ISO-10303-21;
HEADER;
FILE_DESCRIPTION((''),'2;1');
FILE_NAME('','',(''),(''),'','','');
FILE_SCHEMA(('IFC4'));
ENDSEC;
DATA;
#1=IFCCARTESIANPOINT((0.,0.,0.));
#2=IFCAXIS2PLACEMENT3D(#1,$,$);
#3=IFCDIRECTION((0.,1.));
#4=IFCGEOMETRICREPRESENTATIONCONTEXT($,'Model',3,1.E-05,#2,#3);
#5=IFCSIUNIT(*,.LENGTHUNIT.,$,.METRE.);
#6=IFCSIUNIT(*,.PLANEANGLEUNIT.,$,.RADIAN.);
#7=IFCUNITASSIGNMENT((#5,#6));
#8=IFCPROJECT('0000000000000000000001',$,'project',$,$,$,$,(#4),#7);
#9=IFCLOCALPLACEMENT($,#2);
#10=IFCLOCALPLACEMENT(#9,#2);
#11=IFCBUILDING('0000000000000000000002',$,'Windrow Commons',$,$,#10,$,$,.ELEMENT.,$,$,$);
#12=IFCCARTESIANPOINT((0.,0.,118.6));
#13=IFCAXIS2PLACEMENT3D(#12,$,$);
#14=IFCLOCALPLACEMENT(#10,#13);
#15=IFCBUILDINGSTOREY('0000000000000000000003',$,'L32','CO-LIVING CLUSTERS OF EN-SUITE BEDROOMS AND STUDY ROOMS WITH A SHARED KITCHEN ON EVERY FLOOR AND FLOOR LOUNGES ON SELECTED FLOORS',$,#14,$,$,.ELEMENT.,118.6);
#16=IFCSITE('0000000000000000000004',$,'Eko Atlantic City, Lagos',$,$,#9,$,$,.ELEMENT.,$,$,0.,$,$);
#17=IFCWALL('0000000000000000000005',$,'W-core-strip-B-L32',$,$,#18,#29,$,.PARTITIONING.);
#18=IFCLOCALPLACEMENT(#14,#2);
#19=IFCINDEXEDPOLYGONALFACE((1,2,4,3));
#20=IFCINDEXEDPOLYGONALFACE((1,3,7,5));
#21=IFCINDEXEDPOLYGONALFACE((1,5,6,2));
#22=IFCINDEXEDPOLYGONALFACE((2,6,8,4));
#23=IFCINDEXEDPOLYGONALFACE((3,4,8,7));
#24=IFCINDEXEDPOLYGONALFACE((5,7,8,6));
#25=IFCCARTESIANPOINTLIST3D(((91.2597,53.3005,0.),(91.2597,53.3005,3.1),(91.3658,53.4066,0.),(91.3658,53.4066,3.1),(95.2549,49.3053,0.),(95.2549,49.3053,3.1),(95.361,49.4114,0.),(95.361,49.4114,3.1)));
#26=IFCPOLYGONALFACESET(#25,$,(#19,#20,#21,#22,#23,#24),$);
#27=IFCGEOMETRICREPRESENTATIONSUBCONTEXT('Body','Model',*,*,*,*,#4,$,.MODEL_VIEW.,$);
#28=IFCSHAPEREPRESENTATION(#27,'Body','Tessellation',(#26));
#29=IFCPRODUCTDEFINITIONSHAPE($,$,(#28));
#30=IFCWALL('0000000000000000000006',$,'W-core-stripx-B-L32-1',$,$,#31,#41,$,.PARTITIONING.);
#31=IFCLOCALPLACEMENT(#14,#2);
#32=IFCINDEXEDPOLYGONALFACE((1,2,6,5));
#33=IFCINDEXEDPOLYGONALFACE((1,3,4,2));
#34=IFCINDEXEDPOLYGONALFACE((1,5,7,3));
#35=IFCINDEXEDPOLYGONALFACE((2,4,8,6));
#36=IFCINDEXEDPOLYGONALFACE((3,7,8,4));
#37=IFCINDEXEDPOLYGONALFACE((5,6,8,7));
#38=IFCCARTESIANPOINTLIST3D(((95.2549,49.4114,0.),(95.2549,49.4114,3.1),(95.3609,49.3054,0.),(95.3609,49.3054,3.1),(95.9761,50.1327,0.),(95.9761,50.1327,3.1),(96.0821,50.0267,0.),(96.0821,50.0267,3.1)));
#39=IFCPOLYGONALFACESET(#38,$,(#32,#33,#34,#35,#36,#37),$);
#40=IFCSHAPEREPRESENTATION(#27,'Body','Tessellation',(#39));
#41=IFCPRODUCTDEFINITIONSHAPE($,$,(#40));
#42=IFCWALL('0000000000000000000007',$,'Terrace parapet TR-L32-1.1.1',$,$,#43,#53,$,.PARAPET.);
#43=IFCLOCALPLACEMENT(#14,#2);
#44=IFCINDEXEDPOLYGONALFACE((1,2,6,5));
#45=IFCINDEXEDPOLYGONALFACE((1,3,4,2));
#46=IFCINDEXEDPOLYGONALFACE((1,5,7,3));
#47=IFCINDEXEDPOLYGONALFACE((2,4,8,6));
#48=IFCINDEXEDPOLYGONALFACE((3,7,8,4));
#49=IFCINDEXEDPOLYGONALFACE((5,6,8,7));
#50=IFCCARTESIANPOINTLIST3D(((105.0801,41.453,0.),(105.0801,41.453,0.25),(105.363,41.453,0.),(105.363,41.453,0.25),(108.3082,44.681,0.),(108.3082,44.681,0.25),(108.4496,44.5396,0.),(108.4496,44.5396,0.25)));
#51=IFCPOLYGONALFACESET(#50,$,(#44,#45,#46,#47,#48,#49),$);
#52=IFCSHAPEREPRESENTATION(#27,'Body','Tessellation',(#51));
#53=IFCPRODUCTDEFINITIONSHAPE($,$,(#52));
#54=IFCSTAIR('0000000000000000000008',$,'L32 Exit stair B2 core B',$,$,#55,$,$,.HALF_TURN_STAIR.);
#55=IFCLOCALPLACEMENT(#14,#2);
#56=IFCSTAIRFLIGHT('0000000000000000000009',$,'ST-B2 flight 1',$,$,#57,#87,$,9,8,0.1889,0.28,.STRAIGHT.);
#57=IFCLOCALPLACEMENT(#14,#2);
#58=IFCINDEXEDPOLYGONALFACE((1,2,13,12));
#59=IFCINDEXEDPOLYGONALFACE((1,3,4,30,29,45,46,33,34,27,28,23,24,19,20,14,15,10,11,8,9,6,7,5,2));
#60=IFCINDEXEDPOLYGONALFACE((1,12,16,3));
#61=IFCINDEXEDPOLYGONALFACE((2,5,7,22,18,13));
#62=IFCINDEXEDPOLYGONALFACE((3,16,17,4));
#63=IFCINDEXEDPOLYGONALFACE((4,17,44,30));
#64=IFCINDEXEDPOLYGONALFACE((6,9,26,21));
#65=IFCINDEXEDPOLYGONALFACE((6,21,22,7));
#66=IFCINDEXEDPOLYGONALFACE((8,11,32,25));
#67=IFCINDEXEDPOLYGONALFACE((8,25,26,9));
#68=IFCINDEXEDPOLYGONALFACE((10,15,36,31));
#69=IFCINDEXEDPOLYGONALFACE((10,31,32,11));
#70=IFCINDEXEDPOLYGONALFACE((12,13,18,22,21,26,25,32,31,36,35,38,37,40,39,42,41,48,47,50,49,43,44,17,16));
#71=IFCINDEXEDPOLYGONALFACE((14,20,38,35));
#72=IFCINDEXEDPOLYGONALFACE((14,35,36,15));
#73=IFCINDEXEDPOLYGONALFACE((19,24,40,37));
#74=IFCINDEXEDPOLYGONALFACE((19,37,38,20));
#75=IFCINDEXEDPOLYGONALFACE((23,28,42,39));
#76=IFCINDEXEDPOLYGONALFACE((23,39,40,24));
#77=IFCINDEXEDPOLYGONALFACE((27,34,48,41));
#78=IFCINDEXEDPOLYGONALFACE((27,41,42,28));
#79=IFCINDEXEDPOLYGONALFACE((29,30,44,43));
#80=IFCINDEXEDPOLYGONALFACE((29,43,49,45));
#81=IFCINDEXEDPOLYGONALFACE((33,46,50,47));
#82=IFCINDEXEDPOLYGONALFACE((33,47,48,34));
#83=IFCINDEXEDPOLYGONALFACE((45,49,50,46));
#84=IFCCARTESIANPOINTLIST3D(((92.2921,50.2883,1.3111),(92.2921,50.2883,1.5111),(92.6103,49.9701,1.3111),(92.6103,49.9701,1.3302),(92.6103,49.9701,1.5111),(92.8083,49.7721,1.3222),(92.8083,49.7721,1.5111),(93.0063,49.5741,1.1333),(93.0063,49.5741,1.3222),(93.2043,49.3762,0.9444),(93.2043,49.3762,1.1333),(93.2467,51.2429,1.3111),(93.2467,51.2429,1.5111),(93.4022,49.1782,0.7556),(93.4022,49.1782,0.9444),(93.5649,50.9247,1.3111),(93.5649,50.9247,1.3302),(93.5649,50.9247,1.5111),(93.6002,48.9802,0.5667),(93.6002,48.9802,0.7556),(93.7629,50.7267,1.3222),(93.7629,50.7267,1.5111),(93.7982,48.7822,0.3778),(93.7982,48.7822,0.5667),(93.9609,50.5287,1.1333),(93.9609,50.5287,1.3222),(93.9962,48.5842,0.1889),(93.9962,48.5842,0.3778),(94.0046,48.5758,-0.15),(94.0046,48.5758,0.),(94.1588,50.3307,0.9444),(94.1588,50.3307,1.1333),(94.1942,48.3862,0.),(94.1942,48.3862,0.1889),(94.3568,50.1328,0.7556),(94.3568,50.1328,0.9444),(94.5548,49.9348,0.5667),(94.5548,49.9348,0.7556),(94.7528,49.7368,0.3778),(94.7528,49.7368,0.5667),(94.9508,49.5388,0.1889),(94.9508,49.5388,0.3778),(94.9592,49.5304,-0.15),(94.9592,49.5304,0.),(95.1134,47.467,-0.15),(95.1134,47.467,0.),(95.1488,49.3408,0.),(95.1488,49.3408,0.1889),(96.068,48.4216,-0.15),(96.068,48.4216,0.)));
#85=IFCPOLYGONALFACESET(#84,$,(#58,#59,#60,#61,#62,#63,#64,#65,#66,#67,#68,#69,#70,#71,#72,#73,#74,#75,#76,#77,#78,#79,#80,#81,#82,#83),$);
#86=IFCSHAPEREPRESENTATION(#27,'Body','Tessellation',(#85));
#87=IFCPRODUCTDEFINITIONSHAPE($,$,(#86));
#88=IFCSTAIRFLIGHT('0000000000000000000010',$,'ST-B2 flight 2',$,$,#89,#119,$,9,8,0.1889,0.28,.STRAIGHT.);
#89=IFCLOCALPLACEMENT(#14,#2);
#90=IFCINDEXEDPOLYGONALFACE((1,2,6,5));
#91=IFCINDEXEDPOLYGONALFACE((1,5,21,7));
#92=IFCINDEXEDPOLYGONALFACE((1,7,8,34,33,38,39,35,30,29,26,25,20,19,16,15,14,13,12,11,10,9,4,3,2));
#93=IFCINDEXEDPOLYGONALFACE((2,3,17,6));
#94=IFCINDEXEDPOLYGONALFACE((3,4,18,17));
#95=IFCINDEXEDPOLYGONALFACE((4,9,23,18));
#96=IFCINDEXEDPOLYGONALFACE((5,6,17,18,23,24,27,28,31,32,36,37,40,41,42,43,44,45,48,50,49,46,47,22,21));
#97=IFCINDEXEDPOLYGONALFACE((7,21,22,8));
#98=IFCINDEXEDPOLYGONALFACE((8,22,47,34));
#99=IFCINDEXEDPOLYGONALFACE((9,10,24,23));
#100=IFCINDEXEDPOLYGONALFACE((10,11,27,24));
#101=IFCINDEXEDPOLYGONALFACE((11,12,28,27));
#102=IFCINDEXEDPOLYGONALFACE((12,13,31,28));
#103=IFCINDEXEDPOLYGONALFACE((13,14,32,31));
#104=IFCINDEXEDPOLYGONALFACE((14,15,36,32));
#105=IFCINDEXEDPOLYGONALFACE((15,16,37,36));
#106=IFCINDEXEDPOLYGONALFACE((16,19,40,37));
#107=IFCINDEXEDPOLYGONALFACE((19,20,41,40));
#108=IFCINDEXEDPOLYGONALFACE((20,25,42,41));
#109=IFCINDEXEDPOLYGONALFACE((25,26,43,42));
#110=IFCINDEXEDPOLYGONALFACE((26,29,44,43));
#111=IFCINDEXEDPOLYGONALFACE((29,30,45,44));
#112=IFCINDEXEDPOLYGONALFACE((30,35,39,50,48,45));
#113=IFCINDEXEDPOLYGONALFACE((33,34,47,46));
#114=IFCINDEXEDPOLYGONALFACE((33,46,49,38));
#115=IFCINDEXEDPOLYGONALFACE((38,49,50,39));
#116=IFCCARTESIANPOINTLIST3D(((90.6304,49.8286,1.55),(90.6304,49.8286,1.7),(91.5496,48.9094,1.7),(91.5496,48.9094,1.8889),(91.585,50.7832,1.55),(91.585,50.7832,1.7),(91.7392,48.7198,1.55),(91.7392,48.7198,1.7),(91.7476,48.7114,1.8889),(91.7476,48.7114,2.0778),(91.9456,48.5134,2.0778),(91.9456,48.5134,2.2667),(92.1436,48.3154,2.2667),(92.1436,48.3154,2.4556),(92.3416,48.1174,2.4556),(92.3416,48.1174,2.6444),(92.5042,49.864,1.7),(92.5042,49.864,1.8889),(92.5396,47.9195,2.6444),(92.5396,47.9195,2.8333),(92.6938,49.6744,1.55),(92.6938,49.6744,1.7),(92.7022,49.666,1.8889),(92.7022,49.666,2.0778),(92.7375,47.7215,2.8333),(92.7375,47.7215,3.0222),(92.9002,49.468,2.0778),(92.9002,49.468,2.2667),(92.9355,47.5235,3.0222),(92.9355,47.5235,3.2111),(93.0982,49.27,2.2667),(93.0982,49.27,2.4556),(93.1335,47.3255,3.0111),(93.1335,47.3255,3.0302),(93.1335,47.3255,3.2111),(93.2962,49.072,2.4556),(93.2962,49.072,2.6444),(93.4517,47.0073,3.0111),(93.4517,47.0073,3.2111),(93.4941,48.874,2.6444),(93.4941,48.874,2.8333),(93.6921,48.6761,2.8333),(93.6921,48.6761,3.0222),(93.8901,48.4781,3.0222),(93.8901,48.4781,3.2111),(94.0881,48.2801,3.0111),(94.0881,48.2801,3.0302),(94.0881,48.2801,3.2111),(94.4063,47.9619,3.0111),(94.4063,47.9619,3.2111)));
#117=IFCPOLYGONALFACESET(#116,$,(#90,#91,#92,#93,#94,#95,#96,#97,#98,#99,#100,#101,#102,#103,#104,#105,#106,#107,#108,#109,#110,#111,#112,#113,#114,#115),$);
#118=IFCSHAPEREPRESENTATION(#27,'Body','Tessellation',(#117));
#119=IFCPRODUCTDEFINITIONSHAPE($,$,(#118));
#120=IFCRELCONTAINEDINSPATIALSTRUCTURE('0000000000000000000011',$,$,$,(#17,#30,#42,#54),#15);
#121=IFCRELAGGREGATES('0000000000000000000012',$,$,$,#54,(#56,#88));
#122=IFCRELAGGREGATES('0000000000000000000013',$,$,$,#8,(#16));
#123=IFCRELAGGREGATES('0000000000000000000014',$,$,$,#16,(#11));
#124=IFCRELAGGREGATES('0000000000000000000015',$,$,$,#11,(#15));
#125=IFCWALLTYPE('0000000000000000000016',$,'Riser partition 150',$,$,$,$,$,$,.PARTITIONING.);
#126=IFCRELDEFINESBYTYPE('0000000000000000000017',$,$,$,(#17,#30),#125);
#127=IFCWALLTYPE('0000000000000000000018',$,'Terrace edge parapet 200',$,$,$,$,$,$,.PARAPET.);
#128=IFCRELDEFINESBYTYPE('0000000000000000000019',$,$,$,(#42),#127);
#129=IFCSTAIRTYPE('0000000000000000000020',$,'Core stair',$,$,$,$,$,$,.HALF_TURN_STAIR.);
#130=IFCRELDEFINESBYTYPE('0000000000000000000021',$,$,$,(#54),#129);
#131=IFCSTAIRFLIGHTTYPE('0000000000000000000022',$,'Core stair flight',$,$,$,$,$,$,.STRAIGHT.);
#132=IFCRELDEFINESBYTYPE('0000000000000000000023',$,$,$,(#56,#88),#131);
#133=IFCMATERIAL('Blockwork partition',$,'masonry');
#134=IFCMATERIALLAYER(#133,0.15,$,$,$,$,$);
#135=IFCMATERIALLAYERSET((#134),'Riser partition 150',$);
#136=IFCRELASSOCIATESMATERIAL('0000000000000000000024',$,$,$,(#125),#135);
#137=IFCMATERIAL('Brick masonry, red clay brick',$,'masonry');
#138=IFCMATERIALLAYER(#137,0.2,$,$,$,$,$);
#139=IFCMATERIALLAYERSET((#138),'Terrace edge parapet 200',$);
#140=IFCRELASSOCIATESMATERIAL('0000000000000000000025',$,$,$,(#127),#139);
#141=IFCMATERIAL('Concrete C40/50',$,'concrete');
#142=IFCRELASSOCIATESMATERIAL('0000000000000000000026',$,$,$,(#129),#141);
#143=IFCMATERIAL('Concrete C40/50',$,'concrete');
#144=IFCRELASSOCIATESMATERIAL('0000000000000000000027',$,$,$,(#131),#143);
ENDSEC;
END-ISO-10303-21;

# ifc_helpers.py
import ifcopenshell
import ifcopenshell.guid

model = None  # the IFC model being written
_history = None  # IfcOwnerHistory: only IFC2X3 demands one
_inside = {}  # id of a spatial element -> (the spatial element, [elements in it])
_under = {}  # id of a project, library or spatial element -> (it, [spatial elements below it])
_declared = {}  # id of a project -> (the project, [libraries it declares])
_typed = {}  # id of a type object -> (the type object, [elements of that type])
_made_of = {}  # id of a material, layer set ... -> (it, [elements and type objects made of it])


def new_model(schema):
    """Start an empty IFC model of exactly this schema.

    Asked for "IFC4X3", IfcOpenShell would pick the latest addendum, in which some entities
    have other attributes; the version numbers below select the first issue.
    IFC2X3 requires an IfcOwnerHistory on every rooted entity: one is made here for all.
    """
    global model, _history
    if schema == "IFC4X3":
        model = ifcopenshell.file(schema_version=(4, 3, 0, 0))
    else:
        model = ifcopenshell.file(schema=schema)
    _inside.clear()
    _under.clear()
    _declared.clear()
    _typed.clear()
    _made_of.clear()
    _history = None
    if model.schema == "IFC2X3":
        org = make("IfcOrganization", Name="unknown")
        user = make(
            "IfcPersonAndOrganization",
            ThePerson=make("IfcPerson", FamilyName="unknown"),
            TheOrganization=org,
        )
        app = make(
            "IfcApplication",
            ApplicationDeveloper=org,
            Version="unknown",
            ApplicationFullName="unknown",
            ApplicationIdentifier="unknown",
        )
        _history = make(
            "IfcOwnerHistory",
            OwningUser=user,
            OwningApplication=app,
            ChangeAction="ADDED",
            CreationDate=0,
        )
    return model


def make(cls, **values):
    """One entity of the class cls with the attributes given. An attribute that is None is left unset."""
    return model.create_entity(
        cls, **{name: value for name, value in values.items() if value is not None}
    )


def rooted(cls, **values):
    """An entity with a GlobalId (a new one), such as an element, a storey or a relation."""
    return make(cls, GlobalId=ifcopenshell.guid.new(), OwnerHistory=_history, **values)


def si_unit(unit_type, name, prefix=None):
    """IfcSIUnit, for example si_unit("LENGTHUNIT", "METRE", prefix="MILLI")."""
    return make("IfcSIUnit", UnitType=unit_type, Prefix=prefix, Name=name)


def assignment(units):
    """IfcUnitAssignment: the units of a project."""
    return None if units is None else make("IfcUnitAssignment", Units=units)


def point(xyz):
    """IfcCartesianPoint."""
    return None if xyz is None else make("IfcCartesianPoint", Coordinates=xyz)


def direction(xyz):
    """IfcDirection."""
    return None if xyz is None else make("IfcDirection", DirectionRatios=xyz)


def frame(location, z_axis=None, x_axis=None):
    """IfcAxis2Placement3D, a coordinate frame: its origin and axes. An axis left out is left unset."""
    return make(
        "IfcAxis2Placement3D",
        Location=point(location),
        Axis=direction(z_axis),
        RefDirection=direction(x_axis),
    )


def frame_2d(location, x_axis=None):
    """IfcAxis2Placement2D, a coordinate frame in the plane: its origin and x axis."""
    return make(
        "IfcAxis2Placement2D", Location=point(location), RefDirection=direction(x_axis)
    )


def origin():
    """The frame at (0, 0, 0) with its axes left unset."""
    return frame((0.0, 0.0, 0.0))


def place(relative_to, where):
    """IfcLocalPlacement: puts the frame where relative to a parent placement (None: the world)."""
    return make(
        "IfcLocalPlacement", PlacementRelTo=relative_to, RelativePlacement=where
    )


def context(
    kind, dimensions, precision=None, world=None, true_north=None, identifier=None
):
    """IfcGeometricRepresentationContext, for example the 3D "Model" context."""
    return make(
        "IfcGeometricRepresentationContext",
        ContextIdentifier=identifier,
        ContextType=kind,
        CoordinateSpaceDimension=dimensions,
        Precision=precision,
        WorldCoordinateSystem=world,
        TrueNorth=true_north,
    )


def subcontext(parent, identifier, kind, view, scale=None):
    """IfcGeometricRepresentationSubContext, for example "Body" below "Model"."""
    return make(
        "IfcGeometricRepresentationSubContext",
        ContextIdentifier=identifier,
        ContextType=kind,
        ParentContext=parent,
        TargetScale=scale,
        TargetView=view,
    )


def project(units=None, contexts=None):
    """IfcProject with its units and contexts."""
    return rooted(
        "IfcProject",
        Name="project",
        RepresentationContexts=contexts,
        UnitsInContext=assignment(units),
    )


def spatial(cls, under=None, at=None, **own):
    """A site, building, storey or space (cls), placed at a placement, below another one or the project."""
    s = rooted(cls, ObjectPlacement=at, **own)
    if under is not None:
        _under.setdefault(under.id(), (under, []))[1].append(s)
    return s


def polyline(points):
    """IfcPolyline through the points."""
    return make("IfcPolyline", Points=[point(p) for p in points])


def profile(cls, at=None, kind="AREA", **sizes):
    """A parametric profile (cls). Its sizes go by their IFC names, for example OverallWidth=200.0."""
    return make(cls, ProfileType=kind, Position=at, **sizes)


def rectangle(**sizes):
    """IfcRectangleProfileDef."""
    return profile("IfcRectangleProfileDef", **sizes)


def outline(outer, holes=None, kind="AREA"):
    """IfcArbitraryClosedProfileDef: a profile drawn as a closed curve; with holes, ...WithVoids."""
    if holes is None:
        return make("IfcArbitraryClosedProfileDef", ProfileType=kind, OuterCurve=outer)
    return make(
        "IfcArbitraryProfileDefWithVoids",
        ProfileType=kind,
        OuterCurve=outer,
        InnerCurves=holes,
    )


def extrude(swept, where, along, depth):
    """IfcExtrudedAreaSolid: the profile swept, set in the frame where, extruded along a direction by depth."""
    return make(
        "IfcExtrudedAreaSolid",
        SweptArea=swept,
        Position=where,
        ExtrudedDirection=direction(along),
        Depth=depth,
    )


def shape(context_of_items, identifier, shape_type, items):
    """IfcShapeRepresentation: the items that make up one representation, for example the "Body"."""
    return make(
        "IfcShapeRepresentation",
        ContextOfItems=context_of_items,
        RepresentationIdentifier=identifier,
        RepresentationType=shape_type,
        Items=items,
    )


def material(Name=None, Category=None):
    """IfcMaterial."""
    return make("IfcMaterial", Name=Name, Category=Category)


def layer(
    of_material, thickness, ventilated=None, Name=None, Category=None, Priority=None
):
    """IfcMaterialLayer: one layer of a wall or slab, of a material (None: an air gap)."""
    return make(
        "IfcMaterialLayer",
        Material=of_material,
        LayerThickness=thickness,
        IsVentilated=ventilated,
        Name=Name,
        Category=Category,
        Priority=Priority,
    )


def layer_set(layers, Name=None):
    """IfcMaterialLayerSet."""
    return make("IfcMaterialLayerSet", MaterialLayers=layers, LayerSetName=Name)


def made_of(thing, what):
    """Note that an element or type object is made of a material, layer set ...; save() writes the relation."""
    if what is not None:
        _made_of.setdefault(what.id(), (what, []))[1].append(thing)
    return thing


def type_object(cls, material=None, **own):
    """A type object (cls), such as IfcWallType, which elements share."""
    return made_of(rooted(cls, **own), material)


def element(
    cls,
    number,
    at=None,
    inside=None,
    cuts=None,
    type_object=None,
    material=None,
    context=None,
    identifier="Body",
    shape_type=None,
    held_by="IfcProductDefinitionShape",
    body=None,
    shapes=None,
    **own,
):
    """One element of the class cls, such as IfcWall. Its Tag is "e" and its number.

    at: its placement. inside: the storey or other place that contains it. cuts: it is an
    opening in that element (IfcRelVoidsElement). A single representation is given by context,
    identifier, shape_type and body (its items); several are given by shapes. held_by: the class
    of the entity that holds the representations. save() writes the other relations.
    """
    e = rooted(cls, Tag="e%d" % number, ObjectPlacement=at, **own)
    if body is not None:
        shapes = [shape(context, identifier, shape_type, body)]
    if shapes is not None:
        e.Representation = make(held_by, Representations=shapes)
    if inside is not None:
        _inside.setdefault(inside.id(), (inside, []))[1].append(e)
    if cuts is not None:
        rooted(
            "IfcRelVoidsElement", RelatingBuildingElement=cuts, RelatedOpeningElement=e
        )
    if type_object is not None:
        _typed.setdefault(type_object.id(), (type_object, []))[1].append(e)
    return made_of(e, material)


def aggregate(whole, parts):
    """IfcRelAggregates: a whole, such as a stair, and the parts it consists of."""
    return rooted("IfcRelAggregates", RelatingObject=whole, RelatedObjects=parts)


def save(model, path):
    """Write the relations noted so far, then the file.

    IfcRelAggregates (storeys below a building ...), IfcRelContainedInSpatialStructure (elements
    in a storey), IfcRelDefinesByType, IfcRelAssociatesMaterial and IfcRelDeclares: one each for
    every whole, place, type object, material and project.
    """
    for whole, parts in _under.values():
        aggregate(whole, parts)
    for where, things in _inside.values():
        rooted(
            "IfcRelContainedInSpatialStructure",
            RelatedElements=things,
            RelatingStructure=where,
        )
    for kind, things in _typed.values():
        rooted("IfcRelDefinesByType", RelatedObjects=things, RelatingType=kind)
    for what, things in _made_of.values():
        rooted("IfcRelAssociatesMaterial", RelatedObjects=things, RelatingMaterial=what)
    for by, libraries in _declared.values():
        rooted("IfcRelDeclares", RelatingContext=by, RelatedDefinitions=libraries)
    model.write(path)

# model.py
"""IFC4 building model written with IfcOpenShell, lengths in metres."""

from ifc_helpers import new_model, si_unit, direction, frame, frame_2d, origin, place, context, subcontext, project, spatial, polyline, rectangle, outline, extrude, material, layer, layer_set, type_object, element, aggregate, save


model = new_model("IFC4")

# Units and contexts
model_context = context("Model", 3, precision=1e-05, world=origin(), true_north=direction((0.0, 1.0)))
body_context = subcontext(model_context, "Body", "Model", "MODEL_VIEW")
ifc_project = project(units=[si_unit("LENGTHUNIT", "METRE"), si_unit("PLANEANGLEUNIT", "RADIAN")], contexts=[model_context])

# Site, building, storey
site_placement = place(None, origin())
site = spatial("IfcSite", under=ifc_project, at=site_placement, Name="Eko Atlantic City, Lagos", CompositionType="ELEMENT", RefElevation=0.0)
building_placement = place(site_placement, origin())
building = spatial("IfcBuilding", under=site, at=building_placement, Name="Windrow Commons", CompositionType="ELEMENT")
storey_placement = place(building_placement, frame((0.0, 0.0, 118.6)))
storey = spatial("IfcBuildingStorey", under=building, at=storey_placement, Name="L32", Description="CO-LIVING CLUSTERS OF EN-SUITE BEDROOMS AND STUDY ROOMS WITH A SHARED KITCHEN ON EVERY FLOOR AND FLOOR LOUNGES ON SELECTED FLOORS", CompositionType="ELEMENT", Elevation=118.6)

# Walls
ifc_material_1 = material(Name="Blockwork partition", Category="masonry")
ifc_layer_1 = layer(ifc_material_1, 0.15)
ifc_layer_set_1 = layer_set([ifc_layer_1], Name="Riser partition 150")
wall_type_1 = type_object("IfcWallType", Name="Riser partition 150", PredefinedType="PARTITIONING", material=ifc_layer_set_1)
wall_1_placement = place(storey_placement, frame((91.3127, 53.3536, 0.0), z_axis=(0.0, 0.0, 1.0), x_axis=(0.707107, -0.707107, 0.0)))
element("IfcWall", 1, at=wall_1_placement, inside=storey, type_object=wall_type_1, Name="W-core-strip-B-L32", PredefinedType="PARTITIONING", context=body_context, shape_type="SweptSolid", body=[
    extrude(rectangle(XDim=5.6501, YDim=0.15, at=frame_2d((2.8251, 0.0))), origin(), (0.0, 0.0, 1.0), 3.1),
])
wall_2_placement = place(storey_placement, frame((95.3079, 49.3584, 0.0), z_axis=(0.0, 0.0, 1.0), x_axis=(0.707058, 0.707156, 0.0)))
element("IfcWall", 2, at=wall_2_placement, inside=storey, type_object=wall_type_1, Name="W-core-stripx-B-L32-1", PredefinedType="PARTITIONING", context=body_context, shape_type="SweptSolid", body=[
    extrude(rectangle(XDim=1.02, YDim=0.15, at=frame_2d((0.51, 0.0))), origin(), (0.0, 0.0, 1.0), 3.1),
])
ifc_material_2 = material(Name="Brick masonry, red clay brick", Category="masonry")
ifc_layer_2 = layer(ifc_material_2, 0.2)
ifc_layer_set_2 = layer_set([ifc_layer_2], Name="Terrace edge parapet 200")
wall_type_2 = type_object("IfcWallType", Name="Terrace edge parapet 200", PredefinedType="PARAPET", material=ifc_layer_set_2)
wall_3_placement = place(storey_placement, frame((108.3789, 44.6103, 0.0), z_axis=(0.0, 0.0, 1.0), x_axis=(-0.707118, -0.707096, 0.0)))
element("IfcWall", 3, at=wall_3_placement, inside=storey, type_object=wall_type_2, Name="Terrace parapet TR-L32-1.1.1", PredefinedType="PARAPET", context=body_context, shape_type="SweptSolid", body=[
    extrude(outline(polyline([(0.0, -0.1), (4.5651, -0.1), (4.3651, 0.1), (0.0, 0.1), (0.0, -0.1)])), origin(), (0.0, 0.0, 1.0), 0.25),
])

# Stair, stair flights
ifc_material_3 = material(Name="Concrete C40/50", Category="concrete")
stair_type = type_object("IfcStairType", Name="Core stair", PredefinedType="HALF_TURN_STAIR", material=ifc_material_3)
stair_placement = place(storey_placement, origin())
stair = element("IfcStair", 4, at=stair_placement, inside=storey, type_object=stair_type, Name="L32 Exit stair B2 core B", PredefinedType="HALF_TURN_STAIR")
ifc_material_4 = material(Name="Concrete C40/50", Category="concrete")
stair_flight_type = type_object("IfcStairFlightType", Name="Core stair flight", PredefinedType="STRAIGHT", material=ifc_material_4)
stair_flight_1_placement = place(storey_placement, frame((94.6715, 48.8635, 0.0), z_axis=(0.0, 0.0, 1.0), x_axis=(-0.707107, 0.707107, 0.0)))
stair_flight_1 = element("IfcStairFlight", 5, at=stair_flight_1_placement, type_object=stair_flight_type, Name="ST-B2 flight 1", NumberOfRisers=9, NumberOfTreads=8, PredefinedType="STRAIGHT", RiserHeight=0.1889, TreadLength=0.28, context=body_context, shape_type="SweptSolid", body=[
    extrude(outline(polyline([(-1.3, -0.15), (-1.3, 0.0), (0.0, 0.0), (0.0, 0.1889), (0.28, 0.1889), (0.28, 0.3778), (0.56, 0.3778), (0.56, 0.5667), (0.84, 0.5667), (0.84, 0.7556), (1.12, 0.7556), (1.12, 0.9444), (1.4, 0.9444), (1.4, 1.1333), (1.68, 1.1333), (1.68, 1.3222), (1.96, 1.3222), (1.96, 1.5111), (2.24, 1.5111), (2.69, 1.5111), (2.69, 1.3111), (2.24, 1.3111), (2.24, 1.3302), (0.2682, 0.0), (0.2682, -0.15), (-1.3, -0.15)])), frame((0.0, 0.675, 0.0), z_axis=(0.0, -1.0, 0.0), x_axis=(1.0, 0.0, 0.0)), (0.0, 0.0, 1.0), 1.35),
])
stair_flight_2_placement = place(storey_placement, frame((92.0269, 49.3867, 1.7), z_axis=(0.0, 0.0, 1.0), x_axis=(0.707107, -0.707107, 0.0)))
stair_flight_2 = element("IfcStairFlight", 6, at=stair_flight_2_placement, type_object=stair_flight_type, Name="ST-B2 flight 2", NumberOfRisers=9, NumberOfTreads=8, PredefinedType="STRAIGHT", RiserHeight=0.1889, TreadLength=0.28, context=body_context, shape_type="SweptSolid", body=[
    extrude(outline(polyline([(-1.3, -0.15), (-1.3, 0.0), (0.0, 0.0), (0.0, 0.1889), (0.28, 0.1889), (0.28, 0.3778), (0.56, 0.3778), (0.56, 0.5667), (0.84, 0.5667), (0.84, 0.7556), (1.12, 0.7556), (1.12, 0.9444), (1.4, 0.9444), (1.4, 1.1333), (1.68, 1.1333), (1.68, 1.3222), (1.96, 1.3222), (1.96, 1.5111), (2.24, 1.5111), (2.69, 1.5111), (2.69, 1.3111), (2.24, 1.3111), (2.24, 1.3302), (0.2682, 0.0), (0.2682, -0.15), (-1.3, -0.15)])), frame((0.0, 0.675, 0.0), z_axis=(0.0, -1.0, 0.0), x_axis=(1.0, 0.0, 0.0)), (0.0, 0.0, 1.0), 1.35),
])
aggregate(stair, [stair_flight_1, stair_flight_2])

save(model, "model.ifc")
